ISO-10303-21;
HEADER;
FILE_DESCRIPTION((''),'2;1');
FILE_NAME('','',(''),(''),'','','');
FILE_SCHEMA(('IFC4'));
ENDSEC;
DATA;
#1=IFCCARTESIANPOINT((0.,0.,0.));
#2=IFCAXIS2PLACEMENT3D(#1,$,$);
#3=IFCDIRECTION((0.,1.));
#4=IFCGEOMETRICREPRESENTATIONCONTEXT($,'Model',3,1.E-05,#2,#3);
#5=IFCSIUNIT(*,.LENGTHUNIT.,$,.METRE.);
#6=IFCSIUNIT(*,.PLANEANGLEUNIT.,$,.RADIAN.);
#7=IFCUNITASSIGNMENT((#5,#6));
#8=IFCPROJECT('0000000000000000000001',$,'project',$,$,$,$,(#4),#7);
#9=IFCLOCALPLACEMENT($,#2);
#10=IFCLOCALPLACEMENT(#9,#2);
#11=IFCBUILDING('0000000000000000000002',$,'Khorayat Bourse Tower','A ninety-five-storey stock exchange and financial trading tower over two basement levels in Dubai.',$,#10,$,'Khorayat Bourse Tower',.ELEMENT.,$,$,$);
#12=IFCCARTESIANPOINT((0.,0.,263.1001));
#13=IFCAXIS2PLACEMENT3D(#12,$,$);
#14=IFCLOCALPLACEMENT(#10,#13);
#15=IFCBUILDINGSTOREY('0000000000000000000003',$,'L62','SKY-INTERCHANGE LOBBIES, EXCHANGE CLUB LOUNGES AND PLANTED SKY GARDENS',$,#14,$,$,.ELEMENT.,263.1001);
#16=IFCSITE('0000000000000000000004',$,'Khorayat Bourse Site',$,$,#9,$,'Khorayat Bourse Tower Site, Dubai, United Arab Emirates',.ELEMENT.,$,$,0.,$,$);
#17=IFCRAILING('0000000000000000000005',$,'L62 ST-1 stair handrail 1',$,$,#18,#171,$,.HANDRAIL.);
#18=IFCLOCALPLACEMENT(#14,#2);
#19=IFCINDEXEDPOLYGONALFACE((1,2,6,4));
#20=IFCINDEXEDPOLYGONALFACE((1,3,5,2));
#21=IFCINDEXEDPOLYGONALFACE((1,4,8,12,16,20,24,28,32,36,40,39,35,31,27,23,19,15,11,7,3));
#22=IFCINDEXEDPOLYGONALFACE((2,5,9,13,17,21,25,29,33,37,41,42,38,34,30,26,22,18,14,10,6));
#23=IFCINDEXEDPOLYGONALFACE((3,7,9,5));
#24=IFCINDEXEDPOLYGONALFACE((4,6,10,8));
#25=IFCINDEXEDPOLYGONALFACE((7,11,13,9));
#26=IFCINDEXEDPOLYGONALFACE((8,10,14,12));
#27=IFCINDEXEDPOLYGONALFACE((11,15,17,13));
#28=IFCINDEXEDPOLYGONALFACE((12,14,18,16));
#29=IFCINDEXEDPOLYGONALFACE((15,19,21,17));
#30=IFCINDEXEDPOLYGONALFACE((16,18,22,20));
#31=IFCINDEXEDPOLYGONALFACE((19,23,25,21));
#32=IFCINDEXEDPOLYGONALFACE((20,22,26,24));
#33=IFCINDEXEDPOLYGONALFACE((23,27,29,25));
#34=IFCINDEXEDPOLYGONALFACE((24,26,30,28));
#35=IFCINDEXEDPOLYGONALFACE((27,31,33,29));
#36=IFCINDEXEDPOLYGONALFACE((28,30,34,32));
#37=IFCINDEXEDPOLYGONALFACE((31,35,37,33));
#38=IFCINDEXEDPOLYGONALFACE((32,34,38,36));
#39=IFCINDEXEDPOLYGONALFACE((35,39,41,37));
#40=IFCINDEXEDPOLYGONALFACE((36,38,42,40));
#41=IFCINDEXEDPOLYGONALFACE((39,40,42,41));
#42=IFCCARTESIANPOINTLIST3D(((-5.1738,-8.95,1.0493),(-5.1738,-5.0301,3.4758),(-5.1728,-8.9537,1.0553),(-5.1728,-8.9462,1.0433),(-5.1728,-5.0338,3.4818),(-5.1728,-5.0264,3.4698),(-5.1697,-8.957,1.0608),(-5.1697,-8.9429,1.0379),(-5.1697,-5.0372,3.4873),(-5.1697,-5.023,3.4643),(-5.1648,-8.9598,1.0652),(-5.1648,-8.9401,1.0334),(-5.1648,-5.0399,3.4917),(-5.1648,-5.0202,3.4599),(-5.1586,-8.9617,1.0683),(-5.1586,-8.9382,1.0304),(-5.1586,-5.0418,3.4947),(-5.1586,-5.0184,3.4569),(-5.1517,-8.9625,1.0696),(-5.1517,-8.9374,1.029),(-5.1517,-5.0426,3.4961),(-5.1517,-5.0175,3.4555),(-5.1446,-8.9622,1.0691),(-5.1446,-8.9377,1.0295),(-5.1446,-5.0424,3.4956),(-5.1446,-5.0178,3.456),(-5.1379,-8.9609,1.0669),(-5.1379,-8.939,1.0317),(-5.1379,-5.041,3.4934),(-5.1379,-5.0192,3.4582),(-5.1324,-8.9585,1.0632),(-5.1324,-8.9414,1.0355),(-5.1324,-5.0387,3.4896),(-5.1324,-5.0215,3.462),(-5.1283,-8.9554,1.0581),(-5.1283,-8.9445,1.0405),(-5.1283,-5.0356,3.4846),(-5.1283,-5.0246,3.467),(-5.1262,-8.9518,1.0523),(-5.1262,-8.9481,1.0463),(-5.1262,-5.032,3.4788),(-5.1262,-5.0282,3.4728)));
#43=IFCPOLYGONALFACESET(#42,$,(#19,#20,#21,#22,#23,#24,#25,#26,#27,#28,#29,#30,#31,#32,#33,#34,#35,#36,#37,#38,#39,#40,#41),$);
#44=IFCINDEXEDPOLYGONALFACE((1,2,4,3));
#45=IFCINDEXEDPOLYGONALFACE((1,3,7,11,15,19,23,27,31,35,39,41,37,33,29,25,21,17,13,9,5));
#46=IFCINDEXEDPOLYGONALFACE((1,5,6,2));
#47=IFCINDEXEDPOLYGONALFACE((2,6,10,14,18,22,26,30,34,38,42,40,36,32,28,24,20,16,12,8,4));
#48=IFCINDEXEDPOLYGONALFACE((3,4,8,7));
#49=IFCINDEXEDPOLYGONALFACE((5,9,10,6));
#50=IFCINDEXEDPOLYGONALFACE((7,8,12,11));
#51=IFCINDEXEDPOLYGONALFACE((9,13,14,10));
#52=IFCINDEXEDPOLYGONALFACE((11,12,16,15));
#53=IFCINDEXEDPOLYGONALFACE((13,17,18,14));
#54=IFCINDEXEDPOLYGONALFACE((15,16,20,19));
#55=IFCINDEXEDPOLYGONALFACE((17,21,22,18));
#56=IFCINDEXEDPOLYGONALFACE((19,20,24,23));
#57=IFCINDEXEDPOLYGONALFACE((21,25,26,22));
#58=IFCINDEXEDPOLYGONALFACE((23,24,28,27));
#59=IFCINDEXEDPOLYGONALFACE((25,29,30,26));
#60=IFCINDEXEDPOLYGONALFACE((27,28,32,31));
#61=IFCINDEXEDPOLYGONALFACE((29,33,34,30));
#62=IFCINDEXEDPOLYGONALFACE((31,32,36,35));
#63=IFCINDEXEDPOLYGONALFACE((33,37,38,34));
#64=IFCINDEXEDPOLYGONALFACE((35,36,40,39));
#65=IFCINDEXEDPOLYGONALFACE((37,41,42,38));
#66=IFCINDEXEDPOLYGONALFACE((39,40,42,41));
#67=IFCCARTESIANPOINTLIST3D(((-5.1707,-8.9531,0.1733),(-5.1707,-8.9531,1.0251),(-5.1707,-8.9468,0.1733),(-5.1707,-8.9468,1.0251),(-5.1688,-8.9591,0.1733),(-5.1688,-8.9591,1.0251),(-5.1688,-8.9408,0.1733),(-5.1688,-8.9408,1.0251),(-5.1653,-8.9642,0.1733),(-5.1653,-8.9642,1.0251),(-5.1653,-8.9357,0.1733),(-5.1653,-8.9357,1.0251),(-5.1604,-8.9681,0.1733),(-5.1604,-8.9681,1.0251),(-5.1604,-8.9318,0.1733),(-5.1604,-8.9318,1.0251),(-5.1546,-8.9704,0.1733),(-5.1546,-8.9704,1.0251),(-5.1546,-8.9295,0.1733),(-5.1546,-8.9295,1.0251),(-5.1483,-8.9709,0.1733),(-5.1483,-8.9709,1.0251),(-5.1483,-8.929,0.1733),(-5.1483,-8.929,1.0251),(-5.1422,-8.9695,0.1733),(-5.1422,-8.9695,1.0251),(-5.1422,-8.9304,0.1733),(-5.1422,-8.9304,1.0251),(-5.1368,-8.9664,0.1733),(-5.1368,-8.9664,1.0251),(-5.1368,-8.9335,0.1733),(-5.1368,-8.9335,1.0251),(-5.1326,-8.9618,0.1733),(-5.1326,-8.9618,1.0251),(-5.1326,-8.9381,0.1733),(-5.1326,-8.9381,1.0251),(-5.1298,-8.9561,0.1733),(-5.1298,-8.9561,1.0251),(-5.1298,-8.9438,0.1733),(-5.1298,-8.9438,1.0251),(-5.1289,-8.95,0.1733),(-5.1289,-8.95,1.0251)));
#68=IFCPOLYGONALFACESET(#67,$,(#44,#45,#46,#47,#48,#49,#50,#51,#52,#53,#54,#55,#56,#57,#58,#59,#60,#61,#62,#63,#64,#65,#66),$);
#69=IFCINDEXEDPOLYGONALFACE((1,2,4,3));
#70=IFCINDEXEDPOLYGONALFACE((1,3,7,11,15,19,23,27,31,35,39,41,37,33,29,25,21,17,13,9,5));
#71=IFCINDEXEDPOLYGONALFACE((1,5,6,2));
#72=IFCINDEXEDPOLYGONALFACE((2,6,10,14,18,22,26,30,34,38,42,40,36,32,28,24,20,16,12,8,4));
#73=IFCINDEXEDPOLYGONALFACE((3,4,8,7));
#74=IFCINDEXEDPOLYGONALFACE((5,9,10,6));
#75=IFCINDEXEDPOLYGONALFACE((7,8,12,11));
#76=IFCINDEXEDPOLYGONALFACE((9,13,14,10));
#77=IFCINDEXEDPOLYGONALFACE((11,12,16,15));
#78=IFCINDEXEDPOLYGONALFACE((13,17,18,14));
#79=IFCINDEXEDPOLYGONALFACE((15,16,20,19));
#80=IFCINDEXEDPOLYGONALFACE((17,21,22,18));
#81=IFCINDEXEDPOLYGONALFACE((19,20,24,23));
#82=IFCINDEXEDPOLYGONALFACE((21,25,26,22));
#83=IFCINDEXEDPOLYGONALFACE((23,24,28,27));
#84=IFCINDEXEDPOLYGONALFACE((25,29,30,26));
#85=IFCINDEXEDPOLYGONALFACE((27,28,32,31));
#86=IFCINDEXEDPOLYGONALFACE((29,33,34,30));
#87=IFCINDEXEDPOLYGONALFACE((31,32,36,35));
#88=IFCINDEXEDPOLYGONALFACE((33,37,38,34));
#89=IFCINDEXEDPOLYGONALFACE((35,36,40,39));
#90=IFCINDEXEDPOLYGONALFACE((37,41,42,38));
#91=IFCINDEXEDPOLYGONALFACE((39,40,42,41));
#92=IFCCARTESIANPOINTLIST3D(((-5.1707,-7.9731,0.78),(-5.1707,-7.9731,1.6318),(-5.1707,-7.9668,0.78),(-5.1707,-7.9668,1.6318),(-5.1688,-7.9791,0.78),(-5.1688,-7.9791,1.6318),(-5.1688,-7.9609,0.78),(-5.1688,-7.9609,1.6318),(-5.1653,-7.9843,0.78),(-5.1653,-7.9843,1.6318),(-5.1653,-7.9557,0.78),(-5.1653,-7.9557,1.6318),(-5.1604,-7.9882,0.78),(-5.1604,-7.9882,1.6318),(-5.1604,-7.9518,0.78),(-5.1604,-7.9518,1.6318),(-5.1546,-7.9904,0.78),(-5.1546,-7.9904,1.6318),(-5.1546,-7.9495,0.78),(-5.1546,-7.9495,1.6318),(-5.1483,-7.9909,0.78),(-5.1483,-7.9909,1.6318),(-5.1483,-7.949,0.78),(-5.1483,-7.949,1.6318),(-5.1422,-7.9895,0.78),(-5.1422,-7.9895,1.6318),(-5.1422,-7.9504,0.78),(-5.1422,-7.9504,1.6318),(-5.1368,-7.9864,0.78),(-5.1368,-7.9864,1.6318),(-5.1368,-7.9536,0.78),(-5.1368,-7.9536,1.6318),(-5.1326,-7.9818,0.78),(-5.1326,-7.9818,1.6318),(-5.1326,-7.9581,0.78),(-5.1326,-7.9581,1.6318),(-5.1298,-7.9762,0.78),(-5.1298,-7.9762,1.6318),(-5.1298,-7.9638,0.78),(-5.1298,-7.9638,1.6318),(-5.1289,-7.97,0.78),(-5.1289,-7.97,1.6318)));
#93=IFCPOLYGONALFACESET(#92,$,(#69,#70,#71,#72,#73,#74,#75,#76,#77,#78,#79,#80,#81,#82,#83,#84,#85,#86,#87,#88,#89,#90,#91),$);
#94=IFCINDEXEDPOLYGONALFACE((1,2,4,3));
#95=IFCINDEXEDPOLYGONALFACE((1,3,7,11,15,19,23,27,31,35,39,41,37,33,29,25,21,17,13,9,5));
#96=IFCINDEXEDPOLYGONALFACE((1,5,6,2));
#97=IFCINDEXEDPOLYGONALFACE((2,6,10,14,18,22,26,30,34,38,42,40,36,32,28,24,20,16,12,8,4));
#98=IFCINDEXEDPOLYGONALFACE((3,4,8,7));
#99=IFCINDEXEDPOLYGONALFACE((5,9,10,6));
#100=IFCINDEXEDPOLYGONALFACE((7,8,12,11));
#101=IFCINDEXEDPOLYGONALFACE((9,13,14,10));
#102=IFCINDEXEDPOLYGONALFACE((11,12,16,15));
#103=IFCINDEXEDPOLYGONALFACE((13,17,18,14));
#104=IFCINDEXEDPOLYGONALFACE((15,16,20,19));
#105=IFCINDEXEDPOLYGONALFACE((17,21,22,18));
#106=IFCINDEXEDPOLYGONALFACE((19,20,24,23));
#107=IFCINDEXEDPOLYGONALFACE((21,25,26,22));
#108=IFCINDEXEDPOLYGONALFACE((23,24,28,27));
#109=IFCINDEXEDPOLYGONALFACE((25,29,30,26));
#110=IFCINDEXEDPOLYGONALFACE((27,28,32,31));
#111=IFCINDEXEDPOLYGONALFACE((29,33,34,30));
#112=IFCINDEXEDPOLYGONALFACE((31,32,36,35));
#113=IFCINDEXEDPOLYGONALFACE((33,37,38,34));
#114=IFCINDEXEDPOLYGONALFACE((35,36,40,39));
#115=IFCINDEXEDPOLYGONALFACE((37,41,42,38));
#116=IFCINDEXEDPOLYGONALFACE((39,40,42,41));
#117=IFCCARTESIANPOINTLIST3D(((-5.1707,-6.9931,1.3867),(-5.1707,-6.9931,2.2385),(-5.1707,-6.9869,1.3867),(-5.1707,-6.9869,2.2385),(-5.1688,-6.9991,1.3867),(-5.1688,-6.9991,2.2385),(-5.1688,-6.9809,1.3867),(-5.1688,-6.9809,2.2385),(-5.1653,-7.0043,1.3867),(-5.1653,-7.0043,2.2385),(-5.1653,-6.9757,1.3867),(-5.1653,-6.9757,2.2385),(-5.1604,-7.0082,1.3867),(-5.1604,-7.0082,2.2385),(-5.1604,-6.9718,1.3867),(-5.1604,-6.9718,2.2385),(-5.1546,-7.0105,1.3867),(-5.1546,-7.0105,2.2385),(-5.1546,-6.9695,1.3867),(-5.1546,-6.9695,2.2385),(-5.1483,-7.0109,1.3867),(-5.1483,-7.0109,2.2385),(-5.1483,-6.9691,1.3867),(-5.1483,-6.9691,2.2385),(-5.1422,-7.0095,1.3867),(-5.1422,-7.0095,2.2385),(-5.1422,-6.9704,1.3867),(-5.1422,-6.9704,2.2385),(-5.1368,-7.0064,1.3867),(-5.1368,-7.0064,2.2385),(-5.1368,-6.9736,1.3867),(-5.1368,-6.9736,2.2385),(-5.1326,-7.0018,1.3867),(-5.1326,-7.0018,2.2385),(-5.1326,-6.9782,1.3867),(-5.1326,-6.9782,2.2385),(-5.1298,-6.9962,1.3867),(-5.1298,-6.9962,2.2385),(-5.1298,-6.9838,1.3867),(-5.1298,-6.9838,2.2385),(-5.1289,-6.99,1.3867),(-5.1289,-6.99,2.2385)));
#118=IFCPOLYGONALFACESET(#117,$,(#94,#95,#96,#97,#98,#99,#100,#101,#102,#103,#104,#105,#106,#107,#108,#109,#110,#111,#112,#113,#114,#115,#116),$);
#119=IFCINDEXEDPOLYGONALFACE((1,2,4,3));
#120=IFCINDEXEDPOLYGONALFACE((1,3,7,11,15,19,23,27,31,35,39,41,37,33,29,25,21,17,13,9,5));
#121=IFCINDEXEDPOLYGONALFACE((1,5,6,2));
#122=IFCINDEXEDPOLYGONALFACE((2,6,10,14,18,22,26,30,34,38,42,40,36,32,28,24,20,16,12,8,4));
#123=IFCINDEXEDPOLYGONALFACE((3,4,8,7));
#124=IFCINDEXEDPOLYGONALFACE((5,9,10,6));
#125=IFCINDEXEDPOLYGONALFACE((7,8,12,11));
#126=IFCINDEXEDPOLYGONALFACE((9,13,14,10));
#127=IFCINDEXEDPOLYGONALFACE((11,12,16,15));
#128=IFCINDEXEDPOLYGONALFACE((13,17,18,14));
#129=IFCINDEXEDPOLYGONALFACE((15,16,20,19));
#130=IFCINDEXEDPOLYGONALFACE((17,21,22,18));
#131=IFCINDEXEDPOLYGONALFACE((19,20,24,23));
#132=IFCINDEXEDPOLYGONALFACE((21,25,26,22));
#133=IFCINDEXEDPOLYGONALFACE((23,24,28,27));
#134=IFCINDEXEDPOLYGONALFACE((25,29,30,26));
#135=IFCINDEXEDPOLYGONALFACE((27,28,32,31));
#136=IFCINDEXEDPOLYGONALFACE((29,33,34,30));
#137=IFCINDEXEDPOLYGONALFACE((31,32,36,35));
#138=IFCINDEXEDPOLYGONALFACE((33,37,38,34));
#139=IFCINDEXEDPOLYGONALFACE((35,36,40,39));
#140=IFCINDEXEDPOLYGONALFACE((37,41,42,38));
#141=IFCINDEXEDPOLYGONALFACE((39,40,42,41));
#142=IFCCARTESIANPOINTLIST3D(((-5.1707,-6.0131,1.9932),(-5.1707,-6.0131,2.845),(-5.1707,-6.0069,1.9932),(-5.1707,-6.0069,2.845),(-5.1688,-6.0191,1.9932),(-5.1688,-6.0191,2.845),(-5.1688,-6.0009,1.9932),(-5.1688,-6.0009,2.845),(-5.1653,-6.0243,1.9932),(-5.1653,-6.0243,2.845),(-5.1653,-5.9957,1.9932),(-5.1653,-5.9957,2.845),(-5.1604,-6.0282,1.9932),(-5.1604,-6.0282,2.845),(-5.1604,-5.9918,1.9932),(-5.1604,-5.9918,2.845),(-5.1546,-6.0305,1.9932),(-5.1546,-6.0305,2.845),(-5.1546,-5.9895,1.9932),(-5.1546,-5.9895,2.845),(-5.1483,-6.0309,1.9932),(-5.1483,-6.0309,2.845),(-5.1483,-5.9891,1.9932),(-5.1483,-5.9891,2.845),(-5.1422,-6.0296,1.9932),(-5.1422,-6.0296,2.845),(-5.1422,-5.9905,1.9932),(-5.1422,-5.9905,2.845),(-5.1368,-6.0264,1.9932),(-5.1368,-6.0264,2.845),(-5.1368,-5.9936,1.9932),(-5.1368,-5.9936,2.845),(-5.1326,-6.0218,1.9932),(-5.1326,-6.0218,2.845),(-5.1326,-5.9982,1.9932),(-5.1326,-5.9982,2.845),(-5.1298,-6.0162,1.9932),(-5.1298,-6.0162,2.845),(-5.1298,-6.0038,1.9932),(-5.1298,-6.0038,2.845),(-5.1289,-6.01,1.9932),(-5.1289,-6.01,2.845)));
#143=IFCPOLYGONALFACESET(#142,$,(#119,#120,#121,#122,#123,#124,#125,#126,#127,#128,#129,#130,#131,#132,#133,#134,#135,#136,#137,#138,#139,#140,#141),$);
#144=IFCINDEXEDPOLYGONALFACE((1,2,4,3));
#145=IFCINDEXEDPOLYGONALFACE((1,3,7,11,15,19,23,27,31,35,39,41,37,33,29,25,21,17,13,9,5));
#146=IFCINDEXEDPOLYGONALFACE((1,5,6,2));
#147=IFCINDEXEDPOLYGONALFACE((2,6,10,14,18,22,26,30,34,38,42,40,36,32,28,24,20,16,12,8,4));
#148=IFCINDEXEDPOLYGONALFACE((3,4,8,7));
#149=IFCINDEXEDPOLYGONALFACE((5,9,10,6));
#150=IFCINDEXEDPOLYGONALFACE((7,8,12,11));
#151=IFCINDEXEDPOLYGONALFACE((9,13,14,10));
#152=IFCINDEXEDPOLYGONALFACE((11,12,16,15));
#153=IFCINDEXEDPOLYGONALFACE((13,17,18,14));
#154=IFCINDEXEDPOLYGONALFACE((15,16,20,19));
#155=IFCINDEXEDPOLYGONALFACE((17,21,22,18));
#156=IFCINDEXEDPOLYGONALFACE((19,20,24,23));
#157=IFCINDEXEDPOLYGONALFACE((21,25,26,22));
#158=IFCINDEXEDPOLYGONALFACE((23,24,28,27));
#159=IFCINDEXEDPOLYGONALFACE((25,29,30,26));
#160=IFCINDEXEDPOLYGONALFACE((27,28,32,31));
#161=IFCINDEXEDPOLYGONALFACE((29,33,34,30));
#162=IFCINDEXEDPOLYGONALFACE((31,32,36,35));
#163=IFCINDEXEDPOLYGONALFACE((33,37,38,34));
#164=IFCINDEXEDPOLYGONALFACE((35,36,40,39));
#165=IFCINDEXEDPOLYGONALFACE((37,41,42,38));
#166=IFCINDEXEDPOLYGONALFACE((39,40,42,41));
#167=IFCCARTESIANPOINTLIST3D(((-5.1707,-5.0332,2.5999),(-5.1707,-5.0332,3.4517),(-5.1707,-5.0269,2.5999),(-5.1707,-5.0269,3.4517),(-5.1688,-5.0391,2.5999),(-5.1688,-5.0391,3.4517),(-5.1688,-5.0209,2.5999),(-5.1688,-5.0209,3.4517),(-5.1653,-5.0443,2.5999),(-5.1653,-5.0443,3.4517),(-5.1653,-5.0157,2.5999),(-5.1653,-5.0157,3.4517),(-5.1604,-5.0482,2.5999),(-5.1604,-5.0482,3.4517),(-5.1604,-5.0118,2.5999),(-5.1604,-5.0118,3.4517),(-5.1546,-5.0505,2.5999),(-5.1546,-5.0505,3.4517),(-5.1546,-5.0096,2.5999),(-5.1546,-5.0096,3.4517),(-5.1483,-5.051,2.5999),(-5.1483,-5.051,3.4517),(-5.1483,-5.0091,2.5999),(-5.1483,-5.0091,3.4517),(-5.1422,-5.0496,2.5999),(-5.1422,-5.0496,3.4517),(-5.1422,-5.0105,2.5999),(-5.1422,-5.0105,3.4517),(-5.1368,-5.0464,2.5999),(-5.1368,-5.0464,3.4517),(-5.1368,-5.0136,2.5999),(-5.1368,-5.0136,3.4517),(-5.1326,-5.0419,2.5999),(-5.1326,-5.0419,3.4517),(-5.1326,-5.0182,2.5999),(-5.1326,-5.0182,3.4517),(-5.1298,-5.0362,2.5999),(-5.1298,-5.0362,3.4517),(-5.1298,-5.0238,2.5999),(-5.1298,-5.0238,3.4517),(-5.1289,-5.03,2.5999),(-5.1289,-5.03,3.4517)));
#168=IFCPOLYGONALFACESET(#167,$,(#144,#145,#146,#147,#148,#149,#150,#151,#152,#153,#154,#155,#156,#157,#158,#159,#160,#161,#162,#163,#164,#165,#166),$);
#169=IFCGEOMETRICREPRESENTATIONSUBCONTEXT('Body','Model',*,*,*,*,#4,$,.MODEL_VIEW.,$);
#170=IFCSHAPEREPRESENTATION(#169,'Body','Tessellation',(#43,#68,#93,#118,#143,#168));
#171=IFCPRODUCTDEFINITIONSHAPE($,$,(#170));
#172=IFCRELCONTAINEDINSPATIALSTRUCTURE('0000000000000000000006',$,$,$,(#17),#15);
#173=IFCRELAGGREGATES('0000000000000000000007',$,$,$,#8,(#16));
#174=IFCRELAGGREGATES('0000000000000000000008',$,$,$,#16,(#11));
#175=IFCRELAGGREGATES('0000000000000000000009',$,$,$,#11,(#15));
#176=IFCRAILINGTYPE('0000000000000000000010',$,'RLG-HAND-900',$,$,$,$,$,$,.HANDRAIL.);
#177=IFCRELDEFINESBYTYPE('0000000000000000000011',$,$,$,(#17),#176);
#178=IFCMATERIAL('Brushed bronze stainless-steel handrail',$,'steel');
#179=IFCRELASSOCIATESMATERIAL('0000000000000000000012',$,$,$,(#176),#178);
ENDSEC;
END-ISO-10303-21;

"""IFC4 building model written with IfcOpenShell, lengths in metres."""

from ifc_helpers import new_model, si_unit, direction, frame, origin, origin_2d, place, context, subcontext, project, spatial, circle, extrude, source, transform, mapped, material, type_object, element, save


model = new_model("IFC4")

# Units and contexts
model_context = context("Model", 3, precision=1e-05, world=origin(), true_north=direction((0.0, 1.0)))
body_context = subcontext(model_context, "Body", "Model", "MODEL_VIEW")
ifc_project = project(units=[si_unit("LENGTHUNIT", "METRE"), si_unit("PLANEANGLEUNIT", "RADIAN")], contexts=[model_context])

# Site, building, storey
site_placement = place(None, origin())
site = spatial("IfcSite", under=ifc_project, at=site_placement, Name="Khorayat Bourse Site", LongName="Khorayat Bourse Tower Site, Dubai, United Arab Emirates", CompositionType="ELEMENT", RefElevation=0.0)
building_placement = place(site_placement, origin())
building = spatial("IfcBuilding", under=site, at=building_placement, Name="Khorayat Bourse Tower", Description="A ninety-five-storey stock exchange and financial trading tower over two basement levels in Dubai.", LongName="Khorayat Bourse Tower", CompositionType="ELEMENT")
storey_placement = place(building_placement, frame((0.0, 0.0, 263.1001)))
storey = spatial("IfcBuildingStorey", under=building, at=storey_placement, Name="L62", Description="SKY-INTERCHANGE LOBBIES, EXCHANGE CLUB LOUNGES AND PLANTED SKY GARDENS", CompositionType="ELEMENT", Elevation=263.1001)

# Railing
ifc_material_1 = material(Name="Brushed bronze stainless-steel handrail", Category="steel")
railing_type_1 = type_object("IfcRailingType", Name="RLG-HAND-900", PredefinedType="HANDRAIL", material=ifc_material_1)
shared_shape_1 = source(origin(), body_context, "Body", "SweptSolid", [
    extrude(circle(Radius=0.0239, at=origin_2d()), frame((0.0, 0.0, 0.876), z_axis=(0.0, 0.850275, 0.526338), x_axis=(-1.0, 0.0, 0.0)), (0.0, 0.0, 1.0), 4.6101),
    extrude(circle(Radius=0.021, at=origin_2d()), origin(), (0.0, 0.0, 1.0), 0.8518),
    extrude(circle(Radius=0.021, at=origin_2d()), frame((0.0, 0.98, 0.6067)), (0.0, 0.0, 1.0), 0.8518),
    extrude(circle(Radius=0.021, at=origin_2d()), frame((0.0, 1.96, 1.2134)), (0.0, 0.0, 1.0), 0.8518),
    extrude(circle(Radius=0.021, at=origin_2d()), frame((0.0, 2.9399, 1.8198)), (0.0, 0.0, 1.0), 0.8518),
    extrude(circle(Radius=0.021, at=origin_2d()), frame((0.0, 3.9199, 2.4265)), (0.0, 0.0, 1.0), 0.8518),
])
railing_1_placement = place(storey_placement, frame((-5.1499, -8.95, 0.1733)))
element("IfcRailing", 1, at=railing_1_placement, inside=storey, type_object=railing_type_1, Name="L62 ST-1 stair handrail 1", PredefinedType="HANDRAIL", context=body_context, shape_type="MappedRepresentation", body=[
    mapped(shared_shape_1, transform((0.0, 0.0, 0.0), scale=1.0)),
])

save(model, "model.ifc")
